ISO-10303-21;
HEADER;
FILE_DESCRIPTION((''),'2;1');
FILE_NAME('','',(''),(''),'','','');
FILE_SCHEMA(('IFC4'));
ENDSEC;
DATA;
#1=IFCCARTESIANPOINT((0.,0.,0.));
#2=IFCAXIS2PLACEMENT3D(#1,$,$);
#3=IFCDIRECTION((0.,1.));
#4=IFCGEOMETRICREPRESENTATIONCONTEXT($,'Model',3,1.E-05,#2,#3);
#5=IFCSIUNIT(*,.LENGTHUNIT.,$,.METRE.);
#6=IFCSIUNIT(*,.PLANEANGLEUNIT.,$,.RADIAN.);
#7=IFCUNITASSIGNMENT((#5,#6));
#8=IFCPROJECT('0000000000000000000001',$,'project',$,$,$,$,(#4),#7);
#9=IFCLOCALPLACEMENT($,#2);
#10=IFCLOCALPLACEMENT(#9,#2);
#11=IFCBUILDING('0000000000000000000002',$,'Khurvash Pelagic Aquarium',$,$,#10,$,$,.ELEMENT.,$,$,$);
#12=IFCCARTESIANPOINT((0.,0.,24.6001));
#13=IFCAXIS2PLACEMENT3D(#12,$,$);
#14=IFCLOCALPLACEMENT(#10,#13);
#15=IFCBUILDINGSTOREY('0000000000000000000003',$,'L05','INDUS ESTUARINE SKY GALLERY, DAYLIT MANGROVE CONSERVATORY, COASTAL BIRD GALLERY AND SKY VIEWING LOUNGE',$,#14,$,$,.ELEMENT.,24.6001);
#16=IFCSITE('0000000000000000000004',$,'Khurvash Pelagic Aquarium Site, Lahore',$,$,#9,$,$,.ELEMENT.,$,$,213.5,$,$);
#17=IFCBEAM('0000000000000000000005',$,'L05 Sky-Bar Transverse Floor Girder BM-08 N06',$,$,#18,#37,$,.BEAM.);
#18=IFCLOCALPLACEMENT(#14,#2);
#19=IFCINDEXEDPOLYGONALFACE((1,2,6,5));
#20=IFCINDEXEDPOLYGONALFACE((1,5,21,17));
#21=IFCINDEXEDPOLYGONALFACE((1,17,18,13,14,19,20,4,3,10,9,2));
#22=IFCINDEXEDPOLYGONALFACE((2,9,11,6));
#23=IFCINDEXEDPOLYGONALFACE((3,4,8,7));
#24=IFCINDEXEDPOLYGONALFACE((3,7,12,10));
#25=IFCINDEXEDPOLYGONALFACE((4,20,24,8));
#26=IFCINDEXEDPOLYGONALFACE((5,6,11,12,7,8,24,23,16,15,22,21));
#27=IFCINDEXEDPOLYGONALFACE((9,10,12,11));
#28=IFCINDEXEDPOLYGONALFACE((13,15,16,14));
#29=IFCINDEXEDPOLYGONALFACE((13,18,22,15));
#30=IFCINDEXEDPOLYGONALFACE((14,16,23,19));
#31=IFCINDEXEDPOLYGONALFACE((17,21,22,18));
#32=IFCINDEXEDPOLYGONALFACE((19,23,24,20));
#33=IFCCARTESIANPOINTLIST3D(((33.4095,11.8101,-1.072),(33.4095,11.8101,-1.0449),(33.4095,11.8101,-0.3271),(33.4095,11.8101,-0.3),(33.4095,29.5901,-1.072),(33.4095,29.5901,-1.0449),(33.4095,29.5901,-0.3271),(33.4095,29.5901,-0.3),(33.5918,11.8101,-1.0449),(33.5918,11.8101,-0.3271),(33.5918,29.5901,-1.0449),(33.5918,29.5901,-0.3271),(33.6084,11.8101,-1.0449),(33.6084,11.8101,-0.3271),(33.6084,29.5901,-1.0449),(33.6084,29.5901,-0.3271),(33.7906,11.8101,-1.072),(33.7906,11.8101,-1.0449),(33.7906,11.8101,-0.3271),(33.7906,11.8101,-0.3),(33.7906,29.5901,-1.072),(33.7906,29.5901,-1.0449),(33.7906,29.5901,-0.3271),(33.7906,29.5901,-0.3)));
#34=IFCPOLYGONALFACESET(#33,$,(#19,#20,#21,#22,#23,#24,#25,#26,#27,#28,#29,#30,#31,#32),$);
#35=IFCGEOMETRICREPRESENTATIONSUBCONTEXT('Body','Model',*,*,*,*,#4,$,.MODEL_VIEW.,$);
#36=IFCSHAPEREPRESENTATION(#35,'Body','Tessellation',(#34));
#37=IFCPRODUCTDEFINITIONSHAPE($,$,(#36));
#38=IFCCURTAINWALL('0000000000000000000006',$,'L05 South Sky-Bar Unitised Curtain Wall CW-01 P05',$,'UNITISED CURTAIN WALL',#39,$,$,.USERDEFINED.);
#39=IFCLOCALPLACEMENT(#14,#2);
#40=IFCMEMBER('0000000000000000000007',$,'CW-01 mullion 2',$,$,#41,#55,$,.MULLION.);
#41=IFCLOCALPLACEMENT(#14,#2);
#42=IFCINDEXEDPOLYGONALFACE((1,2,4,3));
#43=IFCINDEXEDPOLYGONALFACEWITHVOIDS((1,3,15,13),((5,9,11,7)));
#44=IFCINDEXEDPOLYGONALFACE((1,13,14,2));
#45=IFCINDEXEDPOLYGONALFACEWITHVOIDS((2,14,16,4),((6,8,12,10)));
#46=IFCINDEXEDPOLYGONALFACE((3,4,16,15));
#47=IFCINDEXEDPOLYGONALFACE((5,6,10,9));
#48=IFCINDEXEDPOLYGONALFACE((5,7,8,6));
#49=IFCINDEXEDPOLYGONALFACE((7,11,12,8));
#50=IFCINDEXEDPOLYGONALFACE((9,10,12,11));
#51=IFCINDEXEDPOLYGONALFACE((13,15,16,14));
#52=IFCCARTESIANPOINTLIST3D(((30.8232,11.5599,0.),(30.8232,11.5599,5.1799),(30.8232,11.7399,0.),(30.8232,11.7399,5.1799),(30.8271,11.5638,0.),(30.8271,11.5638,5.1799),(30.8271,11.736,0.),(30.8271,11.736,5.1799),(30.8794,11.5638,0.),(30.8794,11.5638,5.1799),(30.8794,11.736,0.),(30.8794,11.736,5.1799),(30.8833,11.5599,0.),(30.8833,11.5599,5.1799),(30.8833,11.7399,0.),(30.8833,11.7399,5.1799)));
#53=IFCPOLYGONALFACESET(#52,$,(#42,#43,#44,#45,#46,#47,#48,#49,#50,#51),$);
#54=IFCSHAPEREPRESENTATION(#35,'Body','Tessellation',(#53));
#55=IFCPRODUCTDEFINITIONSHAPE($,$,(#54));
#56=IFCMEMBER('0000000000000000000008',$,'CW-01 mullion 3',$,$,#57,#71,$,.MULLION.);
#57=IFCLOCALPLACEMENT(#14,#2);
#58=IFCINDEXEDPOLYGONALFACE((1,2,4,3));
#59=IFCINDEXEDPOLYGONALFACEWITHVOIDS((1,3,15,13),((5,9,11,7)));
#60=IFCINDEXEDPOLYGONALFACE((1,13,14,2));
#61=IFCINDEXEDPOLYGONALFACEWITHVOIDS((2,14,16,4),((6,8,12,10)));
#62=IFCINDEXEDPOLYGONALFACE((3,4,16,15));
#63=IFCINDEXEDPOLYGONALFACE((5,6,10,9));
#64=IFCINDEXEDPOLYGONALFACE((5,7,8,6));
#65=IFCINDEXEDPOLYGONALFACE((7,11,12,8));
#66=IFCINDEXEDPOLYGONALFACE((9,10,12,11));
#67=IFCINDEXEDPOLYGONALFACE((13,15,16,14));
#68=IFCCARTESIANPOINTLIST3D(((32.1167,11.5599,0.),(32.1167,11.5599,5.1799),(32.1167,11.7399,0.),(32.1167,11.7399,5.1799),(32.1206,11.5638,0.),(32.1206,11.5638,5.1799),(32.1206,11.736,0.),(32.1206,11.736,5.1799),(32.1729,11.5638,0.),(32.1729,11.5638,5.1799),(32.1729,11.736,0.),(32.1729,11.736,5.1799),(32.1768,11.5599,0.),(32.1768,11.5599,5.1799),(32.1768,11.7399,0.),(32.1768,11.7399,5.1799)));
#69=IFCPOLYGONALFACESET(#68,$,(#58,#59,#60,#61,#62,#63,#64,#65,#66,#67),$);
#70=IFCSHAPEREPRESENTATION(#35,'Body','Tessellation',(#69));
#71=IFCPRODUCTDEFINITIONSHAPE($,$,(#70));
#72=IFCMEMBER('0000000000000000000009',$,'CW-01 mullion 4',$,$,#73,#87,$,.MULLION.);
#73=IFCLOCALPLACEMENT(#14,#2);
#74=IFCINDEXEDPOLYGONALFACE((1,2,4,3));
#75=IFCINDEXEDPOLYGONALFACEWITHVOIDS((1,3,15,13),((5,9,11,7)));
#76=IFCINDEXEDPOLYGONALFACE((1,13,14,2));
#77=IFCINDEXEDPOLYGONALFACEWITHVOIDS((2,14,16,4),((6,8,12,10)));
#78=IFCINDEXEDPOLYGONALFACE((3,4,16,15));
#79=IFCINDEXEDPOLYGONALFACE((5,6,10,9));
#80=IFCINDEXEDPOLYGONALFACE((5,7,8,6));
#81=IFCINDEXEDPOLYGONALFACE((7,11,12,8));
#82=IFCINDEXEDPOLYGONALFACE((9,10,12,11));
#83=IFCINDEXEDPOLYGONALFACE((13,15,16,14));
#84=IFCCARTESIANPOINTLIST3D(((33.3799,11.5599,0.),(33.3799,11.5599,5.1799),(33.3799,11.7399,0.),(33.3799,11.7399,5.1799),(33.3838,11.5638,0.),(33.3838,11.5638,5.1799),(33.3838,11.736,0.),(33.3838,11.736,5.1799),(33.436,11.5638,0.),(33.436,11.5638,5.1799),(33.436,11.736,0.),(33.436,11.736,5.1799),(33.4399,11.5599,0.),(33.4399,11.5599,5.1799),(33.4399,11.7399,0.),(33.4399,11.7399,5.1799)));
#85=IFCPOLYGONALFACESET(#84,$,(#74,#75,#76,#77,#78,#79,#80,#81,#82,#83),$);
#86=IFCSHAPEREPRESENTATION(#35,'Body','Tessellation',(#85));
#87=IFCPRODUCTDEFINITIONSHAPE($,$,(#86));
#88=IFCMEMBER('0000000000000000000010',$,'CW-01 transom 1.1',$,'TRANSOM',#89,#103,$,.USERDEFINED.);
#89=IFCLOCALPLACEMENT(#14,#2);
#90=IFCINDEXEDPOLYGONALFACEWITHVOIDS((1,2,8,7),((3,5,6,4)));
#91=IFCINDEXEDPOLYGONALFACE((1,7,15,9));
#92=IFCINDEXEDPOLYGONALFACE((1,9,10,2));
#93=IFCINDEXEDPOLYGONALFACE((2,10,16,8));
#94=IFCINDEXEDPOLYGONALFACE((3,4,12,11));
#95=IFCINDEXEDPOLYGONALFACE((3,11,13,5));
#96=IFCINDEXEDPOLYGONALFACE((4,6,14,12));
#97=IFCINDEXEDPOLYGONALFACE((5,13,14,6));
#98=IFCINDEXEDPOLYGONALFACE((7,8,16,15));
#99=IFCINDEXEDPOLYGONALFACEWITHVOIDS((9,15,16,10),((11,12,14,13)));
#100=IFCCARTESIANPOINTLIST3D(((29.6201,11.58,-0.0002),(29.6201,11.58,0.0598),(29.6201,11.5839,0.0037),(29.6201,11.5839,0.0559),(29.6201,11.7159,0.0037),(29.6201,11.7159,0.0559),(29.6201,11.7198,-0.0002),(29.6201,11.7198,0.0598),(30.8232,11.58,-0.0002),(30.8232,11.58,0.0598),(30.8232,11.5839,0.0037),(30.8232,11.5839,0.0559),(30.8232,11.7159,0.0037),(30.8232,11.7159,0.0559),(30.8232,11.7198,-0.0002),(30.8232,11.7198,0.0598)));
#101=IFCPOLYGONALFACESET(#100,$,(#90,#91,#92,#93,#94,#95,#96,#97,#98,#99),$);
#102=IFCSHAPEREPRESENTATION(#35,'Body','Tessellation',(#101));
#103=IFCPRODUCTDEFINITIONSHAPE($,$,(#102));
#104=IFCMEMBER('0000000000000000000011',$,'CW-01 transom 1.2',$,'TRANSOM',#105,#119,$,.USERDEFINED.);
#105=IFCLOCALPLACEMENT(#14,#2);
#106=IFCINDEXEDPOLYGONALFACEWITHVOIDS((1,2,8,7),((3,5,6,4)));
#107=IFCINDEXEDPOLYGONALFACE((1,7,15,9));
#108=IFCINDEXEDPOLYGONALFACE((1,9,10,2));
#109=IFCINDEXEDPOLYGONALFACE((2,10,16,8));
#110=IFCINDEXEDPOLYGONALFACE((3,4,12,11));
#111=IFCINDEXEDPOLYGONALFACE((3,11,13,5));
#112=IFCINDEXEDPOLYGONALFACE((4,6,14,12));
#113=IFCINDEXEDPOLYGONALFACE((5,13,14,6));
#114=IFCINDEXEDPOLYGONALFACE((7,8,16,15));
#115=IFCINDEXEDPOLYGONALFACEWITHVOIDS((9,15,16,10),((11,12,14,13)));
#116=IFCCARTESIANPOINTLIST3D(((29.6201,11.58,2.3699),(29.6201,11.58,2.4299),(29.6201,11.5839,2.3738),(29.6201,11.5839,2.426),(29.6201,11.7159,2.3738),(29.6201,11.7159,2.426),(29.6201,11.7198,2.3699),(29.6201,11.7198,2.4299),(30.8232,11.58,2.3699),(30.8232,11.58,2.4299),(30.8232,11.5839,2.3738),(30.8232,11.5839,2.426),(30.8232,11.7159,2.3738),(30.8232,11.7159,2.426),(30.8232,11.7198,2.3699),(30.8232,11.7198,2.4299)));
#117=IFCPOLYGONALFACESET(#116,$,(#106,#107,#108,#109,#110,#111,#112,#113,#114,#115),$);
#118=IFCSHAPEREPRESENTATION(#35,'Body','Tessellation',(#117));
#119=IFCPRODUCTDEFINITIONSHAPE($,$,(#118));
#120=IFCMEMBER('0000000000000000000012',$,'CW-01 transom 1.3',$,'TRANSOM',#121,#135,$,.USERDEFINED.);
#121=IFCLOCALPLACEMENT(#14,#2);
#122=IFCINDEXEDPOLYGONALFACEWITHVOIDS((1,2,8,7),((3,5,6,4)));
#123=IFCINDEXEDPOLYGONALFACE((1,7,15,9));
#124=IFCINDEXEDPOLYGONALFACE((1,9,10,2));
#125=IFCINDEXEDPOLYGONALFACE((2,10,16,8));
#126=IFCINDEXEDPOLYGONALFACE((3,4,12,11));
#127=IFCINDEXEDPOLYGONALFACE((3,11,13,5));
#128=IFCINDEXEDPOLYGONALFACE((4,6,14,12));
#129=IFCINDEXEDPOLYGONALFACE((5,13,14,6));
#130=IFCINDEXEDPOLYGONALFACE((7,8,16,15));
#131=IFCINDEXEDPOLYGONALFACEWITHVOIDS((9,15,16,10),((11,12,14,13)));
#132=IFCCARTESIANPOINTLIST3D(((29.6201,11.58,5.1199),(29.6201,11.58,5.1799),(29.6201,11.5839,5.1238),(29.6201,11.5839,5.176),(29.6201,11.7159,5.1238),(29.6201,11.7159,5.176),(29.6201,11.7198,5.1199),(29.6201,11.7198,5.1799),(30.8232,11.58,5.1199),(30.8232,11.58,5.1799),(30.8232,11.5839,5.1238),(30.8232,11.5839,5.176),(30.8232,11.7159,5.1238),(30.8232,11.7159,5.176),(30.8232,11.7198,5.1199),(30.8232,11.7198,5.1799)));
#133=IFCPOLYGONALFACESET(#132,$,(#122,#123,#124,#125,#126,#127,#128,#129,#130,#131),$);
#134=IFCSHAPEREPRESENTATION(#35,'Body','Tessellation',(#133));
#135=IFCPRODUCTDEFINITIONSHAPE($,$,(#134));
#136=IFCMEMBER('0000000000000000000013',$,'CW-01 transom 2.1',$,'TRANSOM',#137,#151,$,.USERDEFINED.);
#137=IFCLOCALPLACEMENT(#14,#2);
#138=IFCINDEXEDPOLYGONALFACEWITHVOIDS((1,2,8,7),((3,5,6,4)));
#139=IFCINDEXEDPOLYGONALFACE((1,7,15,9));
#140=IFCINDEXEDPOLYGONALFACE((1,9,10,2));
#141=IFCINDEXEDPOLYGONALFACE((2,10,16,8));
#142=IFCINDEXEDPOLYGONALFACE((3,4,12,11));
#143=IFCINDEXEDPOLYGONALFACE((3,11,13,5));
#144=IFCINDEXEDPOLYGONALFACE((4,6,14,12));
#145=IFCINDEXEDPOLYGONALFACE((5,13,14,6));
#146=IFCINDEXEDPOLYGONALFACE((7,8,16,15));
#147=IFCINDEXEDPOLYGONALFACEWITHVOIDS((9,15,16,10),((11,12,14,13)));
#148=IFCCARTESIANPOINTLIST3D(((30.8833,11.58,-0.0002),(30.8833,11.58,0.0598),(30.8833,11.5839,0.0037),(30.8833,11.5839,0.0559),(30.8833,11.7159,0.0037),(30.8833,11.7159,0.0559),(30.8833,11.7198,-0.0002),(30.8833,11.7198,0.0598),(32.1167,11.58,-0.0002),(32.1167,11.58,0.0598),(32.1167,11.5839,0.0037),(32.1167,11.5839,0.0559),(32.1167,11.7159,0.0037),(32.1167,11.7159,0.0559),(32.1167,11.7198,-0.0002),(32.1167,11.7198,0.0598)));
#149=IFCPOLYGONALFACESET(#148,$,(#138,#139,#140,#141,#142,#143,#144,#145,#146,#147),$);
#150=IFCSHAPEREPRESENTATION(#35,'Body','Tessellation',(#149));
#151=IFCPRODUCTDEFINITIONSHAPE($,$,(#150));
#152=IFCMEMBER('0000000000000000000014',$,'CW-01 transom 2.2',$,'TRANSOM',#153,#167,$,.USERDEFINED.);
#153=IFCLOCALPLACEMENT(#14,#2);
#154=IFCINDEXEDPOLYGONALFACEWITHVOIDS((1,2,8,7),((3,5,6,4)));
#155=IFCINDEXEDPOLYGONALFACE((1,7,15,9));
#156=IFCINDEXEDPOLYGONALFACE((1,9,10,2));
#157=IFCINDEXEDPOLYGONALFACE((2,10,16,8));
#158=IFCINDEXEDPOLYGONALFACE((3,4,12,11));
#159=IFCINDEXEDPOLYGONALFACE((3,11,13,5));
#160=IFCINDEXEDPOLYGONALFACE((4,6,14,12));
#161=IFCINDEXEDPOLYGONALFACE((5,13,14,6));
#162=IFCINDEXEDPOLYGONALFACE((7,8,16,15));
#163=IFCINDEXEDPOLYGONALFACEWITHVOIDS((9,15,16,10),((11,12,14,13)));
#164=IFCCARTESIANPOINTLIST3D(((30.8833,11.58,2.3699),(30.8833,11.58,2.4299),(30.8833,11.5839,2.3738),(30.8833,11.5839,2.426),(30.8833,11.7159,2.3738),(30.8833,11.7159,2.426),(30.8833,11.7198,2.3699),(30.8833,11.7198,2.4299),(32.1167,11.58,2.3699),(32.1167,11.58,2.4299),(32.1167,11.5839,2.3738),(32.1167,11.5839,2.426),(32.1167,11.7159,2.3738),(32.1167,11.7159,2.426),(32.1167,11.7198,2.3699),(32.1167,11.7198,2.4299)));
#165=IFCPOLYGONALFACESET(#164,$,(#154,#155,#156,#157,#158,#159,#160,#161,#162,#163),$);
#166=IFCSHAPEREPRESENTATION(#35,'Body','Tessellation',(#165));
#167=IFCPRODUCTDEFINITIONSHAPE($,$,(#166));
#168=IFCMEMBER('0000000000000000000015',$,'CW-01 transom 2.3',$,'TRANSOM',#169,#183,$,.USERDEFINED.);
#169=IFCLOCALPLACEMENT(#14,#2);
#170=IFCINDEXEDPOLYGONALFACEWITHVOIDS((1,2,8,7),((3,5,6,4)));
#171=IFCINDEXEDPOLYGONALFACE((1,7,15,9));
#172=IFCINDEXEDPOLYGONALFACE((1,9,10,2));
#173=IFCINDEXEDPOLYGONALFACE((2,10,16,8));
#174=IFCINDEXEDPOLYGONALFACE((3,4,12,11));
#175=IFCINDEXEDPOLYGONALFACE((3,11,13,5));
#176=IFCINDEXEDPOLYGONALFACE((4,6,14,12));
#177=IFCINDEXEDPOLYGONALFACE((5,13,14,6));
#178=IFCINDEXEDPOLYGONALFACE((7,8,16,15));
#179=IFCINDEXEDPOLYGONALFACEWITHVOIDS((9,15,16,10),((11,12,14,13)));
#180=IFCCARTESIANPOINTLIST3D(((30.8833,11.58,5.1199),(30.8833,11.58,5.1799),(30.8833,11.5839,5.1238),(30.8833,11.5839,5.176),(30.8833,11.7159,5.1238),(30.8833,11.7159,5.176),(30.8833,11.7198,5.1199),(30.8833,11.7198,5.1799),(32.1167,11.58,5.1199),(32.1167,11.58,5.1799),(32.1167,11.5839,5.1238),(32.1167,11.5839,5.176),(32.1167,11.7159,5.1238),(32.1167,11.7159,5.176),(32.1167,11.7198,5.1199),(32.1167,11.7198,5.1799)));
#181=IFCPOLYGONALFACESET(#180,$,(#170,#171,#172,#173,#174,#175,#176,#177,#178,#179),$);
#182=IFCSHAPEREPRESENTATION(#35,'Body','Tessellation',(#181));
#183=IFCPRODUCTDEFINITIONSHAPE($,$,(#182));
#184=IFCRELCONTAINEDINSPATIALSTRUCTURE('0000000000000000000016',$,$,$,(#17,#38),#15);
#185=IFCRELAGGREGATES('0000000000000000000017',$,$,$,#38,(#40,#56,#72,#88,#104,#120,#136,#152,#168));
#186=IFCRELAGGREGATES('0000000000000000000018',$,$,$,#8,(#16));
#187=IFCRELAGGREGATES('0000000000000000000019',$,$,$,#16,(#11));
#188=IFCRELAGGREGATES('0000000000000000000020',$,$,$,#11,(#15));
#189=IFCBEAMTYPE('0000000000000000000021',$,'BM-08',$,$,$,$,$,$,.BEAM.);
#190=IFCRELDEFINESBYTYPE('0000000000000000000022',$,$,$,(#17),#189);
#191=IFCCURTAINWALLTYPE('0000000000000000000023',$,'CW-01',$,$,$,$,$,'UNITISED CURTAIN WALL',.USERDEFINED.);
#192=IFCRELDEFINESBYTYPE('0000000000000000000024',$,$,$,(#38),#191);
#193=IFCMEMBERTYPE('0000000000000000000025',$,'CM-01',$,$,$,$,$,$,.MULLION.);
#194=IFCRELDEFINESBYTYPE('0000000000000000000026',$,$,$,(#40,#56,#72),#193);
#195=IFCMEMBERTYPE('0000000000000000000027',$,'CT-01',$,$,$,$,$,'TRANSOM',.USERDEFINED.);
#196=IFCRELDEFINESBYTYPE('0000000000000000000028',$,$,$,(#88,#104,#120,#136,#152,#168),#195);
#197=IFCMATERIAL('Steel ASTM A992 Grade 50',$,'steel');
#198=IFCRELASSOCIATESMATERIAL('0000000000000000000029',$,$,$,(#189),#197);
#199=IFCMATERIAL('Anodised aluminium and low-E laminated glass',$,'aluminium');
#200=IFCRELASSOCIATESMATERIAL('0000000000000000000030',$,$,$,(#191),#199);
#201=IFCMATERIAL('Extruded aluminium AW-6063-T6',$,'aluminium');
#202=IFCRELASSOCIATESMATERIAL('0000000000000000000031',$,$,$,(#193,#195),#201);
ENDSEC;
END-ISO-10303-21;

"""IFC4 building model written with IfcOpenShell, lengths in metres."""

from ifc_helpers import new_model, si_unit, direction, frame, origin, origin_2d, place, context, subcontext, project, spatial, hollow_rectangle, i_section, extrude, material, material_profile, profile_set, type_object, element, aggregate, save


model = new_model("IFC4")

# Units and contexts
model_context = context("Model", 3, precision=1e-05, world=origin(), true_north=direction((0.0, 1.0)))
body_context = subcontext(model_context, "Body", "Model", "MODEL_VIEW")
ifc_project = project(units=[si_unit("LENGTHUNIT", "METRE"), si_unit("PLANEANGLEUNIT", "RADIAN")], contexts=[model_context])

# Site, building, storey
site_placement = place(None, origin())
site = spatial("IfcSite", under=ifc_project, at=site_placement, Name="Khurvash Pelagic Aquarium Site, Lahore", CompositionType="ELEMENT", RefElevation=213.5)
building_placement = place(site_placement, origin())
building = spatial("IfcBuilding", under=site, at=building_placement, Name="Khurvash Pelagic Aquarium", CompositionType="ELEMENT")
storey_placement = place(building_placement, frame((0.0, 0.0, 24.6001)))
storey = spatial("IfcBuildingStorey", under=building, at=storey_placement, Name="L05", Description="INDUS ESTUARINE SKY GALLERY, DAYLIT MANGROVE CONSERVATORY, COASTAL BIRD GALLERY AND SKY VIEWING LOUNGE", CompositionType="ELEMENT", Elevation=24.6001)

# Beam
ifc_material_1 = material(Name="Steel ASTM A992 Grade 50", Category="steel")
ifc_material_profile_1 = material_profile(ifc_material_1, i_section(OverallWidth=0.3811, OverallDepth=0.772, WebThickness=0.0166, FlangeThickness=0.0271, at=origin_2d()), Name="W30X173")
ifc_profile_set_1 = profile_set([ifc_material_profile_1], Name="Steel ASTM A992 Grade 50")
beam_type_1 = type_object("IfcBeamType", Name="BM-08", PredefinedType="BEAM", material=ifc_profile_set_1)
beam_1_placement = place(storey_placement, frame((33.6001, 11.8101, -0.686), z_axis=(0.0, 1.0, 0.0), x_axis=(-1.0, 0.0, 0.0)))
element("IfcBeam", 1, at=beam_1_placement, inside=storey, type_object=beam_type_1, Name="L05 Sky-Bar Transverse Floor Girder BM-08 N06", PredefinedType="BEAM", context=body_context, shape_type="SweptSolid", body=[
    extrude(i_section(OverallWidth=0.3811, OverallDepth=0.772, WebThickness=0.0166, FlangeThickness=0.0271, at=origin_2d()), origin(), (0.0, 0.0, 1.0), 17.78),
])

# Curtain wall, members
ifc_material_2 = material(Name="Anodised aluminium and low-E laminated glass", Category="aluminium")
curtain_wall_type = type_object("IfcCurtainWallType", Name="CW-01", ElementType="UNITISED CURTAIN WALL", PredefinedType="USERDEFINED", material=ifc_material_2)
curtain_wall_placement = place(storey_placement, origin())
curtain_wall = element("IfcCurtainWall", 2, at=curtain_wall_placement, inside=storey, type_object=curtain_wall_type, Name="L05 South Sky-Bar Unitised Curtain Wall CW-01 P05", ObjectType="UNITISED CURTAIN WALL", PredefinedType="USERDEFINED")
ifc_material_3 = material(Name="Extruded aluminium AW-6063-T6", Category="aluminium")
ifc_material_profile_2 = material_profile(ifc_material_3, hollow_rectangle(XDim=0.0601, YDim=0.1799, WallThickness=0.0039, at=origin_2d()), Name="CWM60X180X4")
ifc_profile_set_2 = profile_set([ifc_material_profile_2], Name="Extruded aluminium AW-6063-T6")
member_type_1 = type_object("IfcMemberType", Name="CM-01", PredefinedType="MULLION", material=ifc_profile_set_2)
member_1_placement = place(storey_placement, frame((30.8533, 11.6499, 0.0), z_axis=(0.0, 0.0, 1.0), x_axis=(1.0, 0.0, 0.0)))
member_1 = element("IfcMember", 3, at=member_1_placement, type_object=member_type_1, Name="CW-01 mullion 2", PredefinedType="MULLION", context=body_context, shape_type="SweptSolid", body=[
    extrude(hollow_rectangle(XDim=0.0601, YDim=0.1799, WallThickness=0.0039, at=origin_2d()), origin(), (0.0, 0.0, 1.0), 5.1799),
])
member_2_placement = place(storey_placement, frame((32.1467, 11.6499, 0.0), z_axis=(0.0, 0.0, 1.0), x_axis=(1.0, 0.0, 0.0)))
member_2 = element("IfcMember", 4, at=member_2_placement, type_object=member_type_1, Name="CW-01 mullion 3", PredefinedType="MULLION", context=body_context, shape_type="SweptSolid", body=[
    extrude(hollow_rectangle(XDim=0.0601, YDim=0.1799, WallThickness=0.0039, at=origin_2d()), origin(), (0.0, 0.0, 1.0), 5.1799),
])
member_3_placement = place(storey_placement, frame((33.4099, 11.6499, 0.0), z_axis=(0.0, 0.0, 1.0), x_axis=(1.0, 0.0, 0.0)))
member_3 = element("IfcMember", 5, at=member_3_placement, type_object=member_type_1, Name="CW-01 mullion 4", PredefinedType="MULLION", context=body_context, shape_type="SweptSolid", body=[
    extrude(hollow_rectangle(XDim=0.0601, YDim=0.1799, WallThickness=0.0039, at=origin_2d()), origin(), (0.0, 0.0, 1.0), 5.1799),
])
ifc_material_profile_3 = material_profile(ifc_material_3, hollow_rectangle(XDim=0.1399, YDim=0.0601, WallThickness=0.0039, at=origin_2d()), Name="CWT140X60X4")
ifc_profile_set_3 = profile_set([ifc_material_profile_3], Name="Extruded aluminium AW-6063-T6")
member_type_2 = type_object("IfcMemberType", Name="CT-01", ElementType="TRANSOM", PredefinedType="USERDEFINED", material=ifc_profile_set_3)
member_4_placement = place(storey_placement, frame((29.6201, 11.6499, 0.0298), z_axis=(1.0, 0.0, 0.0), x_axis=(0.0, 1.0, 0.0)))
member_4 = element("IfcMember", 6, at=member_4_placement, type_object=member_type_2, Name="CW-01 transom 1.1", ObjectType="TRANSOM", PredefinedType="USERDEFINED", context=body_context, shape_type="SweptSolid", body=[
    extrude(hollow_rectangle(XDim=0.1399, YDim=0.0601, WallThickness=0.0039, at=origin_2d()), origin(), (0.0, 0.0, 1.0), 1.2031),
])
member_5_placement = place(storey_placement, frame((29.6201, 11.6499, 2.3999), z_axis=(1.0, 0.0, 0.0), x_axis=(0.0, 1.0, 0.0)))
member_5 = element("IfcMember", 7, at=member_5_placement, type_object=member_type_2, Name="CW-01 transom 1.2", ObjectType="TRANSOM", PredefinedType="USERDEFINED", context=body_context, shape_type="SweptSolid", body=[
    extrude(hollow_rectangle(XDim=0.1399, YDim=0.0601, WallThickness=0.0039, at=origin_2d()), origin(), (0.0, 0.0, 1.0), 1.2031),
])
member_6_placement = place(storey_placement, frame((29.6201, 11.6499, 5.1499), z_axis=(1.0, 0.0, 0.0), x_axis=(0.0, 1.0, 0.0)))
member_6 = element("IfcMember", 8, at=member_6_placement, type_object=member_type_2, Name="CW-01 transom 1.3", ObjectType="TRANSOM", PredefinedType="USERDEFINED", context=body_context, shape_type="SweptSolid", body=[
    extrude(hollow_rectangle(XDim=0.1399, YDim=0.0601, WallThickness=0.0039, at=origin_2d()), origin(), (0.0, 0.0, 1.0), 1.2031),
])
member_7_placement = place(storey_placement, frame((30.8833, 11.6499, 0.0298), z_axis=(1.0, 0.0, 0.0), x_axis=(0.0, 1.0, 0.0)))
member_7 = element("IfcMember", 9, at=member_7_placement, type_object=member_type_2, Name="CW-01 transom 2.1", ObjectType="TRANSOM", PredefinedType="USERDEFINED", context=body_context, shape_type="SweptSolid", body=[
    extrude(hollow_rectangle(XDim=0.1399, YDim=0.0601, WallThickness=0.0039, at=origin_2d()), origin(), (0.0, 0.0, 1.0), 1.2334),
])
member_8_placement = place(storey_placement, frame((30.8833, 11.6499, 2.3999), z_axis=(1.0, 0.0, 0.0), x_axis=(0.0, 1.0, 0.0)))
member_8 = element("IfcMember", 10, at=member_8_placement, type_object=member_type_2, Name="CW-01 transom 2.2", ObjectType="TRANSOM", PredefinedType="USERDEFINED", context=body_context, shape_type="SweptSolid", body=[
    extrude(hollow_rectangle(XDim=0.1399, YDim=0.0601, WallThickness=0.0039, at=origin_2d()), origin(), (0.0, 0.0, 1.0), 1.2334),
])
member_9_placement = place(storey_placement, frame((30.8833, 11.6499, 5.1499), z_axis=(1.0, 0.0, 0.0), x_axis=(0.0, 1.0, 0.0)))
member_9 = element("IfcMember", 11, at=member_9_placement, type_object=member_type_2, Name="CW-01 transom 2.3", ObjectType="TRANSOM", PredefinedType="USERDEFINED", context=body_context, shape_type="SweptSolid", body=[
    extrude(hollow_rectangle(XDim=0.1399, YDim=0.0601, WallThickness=0.0039, at=origin_2d()), origin(), (0.0, 0.0, 1.0), 1.2334),
])

aggregate(curtain_wall, [member_1, member_2, member_3, member_4, member_5, member_6, member_7, member_8, member_9])

save(model, "model.ifc")
